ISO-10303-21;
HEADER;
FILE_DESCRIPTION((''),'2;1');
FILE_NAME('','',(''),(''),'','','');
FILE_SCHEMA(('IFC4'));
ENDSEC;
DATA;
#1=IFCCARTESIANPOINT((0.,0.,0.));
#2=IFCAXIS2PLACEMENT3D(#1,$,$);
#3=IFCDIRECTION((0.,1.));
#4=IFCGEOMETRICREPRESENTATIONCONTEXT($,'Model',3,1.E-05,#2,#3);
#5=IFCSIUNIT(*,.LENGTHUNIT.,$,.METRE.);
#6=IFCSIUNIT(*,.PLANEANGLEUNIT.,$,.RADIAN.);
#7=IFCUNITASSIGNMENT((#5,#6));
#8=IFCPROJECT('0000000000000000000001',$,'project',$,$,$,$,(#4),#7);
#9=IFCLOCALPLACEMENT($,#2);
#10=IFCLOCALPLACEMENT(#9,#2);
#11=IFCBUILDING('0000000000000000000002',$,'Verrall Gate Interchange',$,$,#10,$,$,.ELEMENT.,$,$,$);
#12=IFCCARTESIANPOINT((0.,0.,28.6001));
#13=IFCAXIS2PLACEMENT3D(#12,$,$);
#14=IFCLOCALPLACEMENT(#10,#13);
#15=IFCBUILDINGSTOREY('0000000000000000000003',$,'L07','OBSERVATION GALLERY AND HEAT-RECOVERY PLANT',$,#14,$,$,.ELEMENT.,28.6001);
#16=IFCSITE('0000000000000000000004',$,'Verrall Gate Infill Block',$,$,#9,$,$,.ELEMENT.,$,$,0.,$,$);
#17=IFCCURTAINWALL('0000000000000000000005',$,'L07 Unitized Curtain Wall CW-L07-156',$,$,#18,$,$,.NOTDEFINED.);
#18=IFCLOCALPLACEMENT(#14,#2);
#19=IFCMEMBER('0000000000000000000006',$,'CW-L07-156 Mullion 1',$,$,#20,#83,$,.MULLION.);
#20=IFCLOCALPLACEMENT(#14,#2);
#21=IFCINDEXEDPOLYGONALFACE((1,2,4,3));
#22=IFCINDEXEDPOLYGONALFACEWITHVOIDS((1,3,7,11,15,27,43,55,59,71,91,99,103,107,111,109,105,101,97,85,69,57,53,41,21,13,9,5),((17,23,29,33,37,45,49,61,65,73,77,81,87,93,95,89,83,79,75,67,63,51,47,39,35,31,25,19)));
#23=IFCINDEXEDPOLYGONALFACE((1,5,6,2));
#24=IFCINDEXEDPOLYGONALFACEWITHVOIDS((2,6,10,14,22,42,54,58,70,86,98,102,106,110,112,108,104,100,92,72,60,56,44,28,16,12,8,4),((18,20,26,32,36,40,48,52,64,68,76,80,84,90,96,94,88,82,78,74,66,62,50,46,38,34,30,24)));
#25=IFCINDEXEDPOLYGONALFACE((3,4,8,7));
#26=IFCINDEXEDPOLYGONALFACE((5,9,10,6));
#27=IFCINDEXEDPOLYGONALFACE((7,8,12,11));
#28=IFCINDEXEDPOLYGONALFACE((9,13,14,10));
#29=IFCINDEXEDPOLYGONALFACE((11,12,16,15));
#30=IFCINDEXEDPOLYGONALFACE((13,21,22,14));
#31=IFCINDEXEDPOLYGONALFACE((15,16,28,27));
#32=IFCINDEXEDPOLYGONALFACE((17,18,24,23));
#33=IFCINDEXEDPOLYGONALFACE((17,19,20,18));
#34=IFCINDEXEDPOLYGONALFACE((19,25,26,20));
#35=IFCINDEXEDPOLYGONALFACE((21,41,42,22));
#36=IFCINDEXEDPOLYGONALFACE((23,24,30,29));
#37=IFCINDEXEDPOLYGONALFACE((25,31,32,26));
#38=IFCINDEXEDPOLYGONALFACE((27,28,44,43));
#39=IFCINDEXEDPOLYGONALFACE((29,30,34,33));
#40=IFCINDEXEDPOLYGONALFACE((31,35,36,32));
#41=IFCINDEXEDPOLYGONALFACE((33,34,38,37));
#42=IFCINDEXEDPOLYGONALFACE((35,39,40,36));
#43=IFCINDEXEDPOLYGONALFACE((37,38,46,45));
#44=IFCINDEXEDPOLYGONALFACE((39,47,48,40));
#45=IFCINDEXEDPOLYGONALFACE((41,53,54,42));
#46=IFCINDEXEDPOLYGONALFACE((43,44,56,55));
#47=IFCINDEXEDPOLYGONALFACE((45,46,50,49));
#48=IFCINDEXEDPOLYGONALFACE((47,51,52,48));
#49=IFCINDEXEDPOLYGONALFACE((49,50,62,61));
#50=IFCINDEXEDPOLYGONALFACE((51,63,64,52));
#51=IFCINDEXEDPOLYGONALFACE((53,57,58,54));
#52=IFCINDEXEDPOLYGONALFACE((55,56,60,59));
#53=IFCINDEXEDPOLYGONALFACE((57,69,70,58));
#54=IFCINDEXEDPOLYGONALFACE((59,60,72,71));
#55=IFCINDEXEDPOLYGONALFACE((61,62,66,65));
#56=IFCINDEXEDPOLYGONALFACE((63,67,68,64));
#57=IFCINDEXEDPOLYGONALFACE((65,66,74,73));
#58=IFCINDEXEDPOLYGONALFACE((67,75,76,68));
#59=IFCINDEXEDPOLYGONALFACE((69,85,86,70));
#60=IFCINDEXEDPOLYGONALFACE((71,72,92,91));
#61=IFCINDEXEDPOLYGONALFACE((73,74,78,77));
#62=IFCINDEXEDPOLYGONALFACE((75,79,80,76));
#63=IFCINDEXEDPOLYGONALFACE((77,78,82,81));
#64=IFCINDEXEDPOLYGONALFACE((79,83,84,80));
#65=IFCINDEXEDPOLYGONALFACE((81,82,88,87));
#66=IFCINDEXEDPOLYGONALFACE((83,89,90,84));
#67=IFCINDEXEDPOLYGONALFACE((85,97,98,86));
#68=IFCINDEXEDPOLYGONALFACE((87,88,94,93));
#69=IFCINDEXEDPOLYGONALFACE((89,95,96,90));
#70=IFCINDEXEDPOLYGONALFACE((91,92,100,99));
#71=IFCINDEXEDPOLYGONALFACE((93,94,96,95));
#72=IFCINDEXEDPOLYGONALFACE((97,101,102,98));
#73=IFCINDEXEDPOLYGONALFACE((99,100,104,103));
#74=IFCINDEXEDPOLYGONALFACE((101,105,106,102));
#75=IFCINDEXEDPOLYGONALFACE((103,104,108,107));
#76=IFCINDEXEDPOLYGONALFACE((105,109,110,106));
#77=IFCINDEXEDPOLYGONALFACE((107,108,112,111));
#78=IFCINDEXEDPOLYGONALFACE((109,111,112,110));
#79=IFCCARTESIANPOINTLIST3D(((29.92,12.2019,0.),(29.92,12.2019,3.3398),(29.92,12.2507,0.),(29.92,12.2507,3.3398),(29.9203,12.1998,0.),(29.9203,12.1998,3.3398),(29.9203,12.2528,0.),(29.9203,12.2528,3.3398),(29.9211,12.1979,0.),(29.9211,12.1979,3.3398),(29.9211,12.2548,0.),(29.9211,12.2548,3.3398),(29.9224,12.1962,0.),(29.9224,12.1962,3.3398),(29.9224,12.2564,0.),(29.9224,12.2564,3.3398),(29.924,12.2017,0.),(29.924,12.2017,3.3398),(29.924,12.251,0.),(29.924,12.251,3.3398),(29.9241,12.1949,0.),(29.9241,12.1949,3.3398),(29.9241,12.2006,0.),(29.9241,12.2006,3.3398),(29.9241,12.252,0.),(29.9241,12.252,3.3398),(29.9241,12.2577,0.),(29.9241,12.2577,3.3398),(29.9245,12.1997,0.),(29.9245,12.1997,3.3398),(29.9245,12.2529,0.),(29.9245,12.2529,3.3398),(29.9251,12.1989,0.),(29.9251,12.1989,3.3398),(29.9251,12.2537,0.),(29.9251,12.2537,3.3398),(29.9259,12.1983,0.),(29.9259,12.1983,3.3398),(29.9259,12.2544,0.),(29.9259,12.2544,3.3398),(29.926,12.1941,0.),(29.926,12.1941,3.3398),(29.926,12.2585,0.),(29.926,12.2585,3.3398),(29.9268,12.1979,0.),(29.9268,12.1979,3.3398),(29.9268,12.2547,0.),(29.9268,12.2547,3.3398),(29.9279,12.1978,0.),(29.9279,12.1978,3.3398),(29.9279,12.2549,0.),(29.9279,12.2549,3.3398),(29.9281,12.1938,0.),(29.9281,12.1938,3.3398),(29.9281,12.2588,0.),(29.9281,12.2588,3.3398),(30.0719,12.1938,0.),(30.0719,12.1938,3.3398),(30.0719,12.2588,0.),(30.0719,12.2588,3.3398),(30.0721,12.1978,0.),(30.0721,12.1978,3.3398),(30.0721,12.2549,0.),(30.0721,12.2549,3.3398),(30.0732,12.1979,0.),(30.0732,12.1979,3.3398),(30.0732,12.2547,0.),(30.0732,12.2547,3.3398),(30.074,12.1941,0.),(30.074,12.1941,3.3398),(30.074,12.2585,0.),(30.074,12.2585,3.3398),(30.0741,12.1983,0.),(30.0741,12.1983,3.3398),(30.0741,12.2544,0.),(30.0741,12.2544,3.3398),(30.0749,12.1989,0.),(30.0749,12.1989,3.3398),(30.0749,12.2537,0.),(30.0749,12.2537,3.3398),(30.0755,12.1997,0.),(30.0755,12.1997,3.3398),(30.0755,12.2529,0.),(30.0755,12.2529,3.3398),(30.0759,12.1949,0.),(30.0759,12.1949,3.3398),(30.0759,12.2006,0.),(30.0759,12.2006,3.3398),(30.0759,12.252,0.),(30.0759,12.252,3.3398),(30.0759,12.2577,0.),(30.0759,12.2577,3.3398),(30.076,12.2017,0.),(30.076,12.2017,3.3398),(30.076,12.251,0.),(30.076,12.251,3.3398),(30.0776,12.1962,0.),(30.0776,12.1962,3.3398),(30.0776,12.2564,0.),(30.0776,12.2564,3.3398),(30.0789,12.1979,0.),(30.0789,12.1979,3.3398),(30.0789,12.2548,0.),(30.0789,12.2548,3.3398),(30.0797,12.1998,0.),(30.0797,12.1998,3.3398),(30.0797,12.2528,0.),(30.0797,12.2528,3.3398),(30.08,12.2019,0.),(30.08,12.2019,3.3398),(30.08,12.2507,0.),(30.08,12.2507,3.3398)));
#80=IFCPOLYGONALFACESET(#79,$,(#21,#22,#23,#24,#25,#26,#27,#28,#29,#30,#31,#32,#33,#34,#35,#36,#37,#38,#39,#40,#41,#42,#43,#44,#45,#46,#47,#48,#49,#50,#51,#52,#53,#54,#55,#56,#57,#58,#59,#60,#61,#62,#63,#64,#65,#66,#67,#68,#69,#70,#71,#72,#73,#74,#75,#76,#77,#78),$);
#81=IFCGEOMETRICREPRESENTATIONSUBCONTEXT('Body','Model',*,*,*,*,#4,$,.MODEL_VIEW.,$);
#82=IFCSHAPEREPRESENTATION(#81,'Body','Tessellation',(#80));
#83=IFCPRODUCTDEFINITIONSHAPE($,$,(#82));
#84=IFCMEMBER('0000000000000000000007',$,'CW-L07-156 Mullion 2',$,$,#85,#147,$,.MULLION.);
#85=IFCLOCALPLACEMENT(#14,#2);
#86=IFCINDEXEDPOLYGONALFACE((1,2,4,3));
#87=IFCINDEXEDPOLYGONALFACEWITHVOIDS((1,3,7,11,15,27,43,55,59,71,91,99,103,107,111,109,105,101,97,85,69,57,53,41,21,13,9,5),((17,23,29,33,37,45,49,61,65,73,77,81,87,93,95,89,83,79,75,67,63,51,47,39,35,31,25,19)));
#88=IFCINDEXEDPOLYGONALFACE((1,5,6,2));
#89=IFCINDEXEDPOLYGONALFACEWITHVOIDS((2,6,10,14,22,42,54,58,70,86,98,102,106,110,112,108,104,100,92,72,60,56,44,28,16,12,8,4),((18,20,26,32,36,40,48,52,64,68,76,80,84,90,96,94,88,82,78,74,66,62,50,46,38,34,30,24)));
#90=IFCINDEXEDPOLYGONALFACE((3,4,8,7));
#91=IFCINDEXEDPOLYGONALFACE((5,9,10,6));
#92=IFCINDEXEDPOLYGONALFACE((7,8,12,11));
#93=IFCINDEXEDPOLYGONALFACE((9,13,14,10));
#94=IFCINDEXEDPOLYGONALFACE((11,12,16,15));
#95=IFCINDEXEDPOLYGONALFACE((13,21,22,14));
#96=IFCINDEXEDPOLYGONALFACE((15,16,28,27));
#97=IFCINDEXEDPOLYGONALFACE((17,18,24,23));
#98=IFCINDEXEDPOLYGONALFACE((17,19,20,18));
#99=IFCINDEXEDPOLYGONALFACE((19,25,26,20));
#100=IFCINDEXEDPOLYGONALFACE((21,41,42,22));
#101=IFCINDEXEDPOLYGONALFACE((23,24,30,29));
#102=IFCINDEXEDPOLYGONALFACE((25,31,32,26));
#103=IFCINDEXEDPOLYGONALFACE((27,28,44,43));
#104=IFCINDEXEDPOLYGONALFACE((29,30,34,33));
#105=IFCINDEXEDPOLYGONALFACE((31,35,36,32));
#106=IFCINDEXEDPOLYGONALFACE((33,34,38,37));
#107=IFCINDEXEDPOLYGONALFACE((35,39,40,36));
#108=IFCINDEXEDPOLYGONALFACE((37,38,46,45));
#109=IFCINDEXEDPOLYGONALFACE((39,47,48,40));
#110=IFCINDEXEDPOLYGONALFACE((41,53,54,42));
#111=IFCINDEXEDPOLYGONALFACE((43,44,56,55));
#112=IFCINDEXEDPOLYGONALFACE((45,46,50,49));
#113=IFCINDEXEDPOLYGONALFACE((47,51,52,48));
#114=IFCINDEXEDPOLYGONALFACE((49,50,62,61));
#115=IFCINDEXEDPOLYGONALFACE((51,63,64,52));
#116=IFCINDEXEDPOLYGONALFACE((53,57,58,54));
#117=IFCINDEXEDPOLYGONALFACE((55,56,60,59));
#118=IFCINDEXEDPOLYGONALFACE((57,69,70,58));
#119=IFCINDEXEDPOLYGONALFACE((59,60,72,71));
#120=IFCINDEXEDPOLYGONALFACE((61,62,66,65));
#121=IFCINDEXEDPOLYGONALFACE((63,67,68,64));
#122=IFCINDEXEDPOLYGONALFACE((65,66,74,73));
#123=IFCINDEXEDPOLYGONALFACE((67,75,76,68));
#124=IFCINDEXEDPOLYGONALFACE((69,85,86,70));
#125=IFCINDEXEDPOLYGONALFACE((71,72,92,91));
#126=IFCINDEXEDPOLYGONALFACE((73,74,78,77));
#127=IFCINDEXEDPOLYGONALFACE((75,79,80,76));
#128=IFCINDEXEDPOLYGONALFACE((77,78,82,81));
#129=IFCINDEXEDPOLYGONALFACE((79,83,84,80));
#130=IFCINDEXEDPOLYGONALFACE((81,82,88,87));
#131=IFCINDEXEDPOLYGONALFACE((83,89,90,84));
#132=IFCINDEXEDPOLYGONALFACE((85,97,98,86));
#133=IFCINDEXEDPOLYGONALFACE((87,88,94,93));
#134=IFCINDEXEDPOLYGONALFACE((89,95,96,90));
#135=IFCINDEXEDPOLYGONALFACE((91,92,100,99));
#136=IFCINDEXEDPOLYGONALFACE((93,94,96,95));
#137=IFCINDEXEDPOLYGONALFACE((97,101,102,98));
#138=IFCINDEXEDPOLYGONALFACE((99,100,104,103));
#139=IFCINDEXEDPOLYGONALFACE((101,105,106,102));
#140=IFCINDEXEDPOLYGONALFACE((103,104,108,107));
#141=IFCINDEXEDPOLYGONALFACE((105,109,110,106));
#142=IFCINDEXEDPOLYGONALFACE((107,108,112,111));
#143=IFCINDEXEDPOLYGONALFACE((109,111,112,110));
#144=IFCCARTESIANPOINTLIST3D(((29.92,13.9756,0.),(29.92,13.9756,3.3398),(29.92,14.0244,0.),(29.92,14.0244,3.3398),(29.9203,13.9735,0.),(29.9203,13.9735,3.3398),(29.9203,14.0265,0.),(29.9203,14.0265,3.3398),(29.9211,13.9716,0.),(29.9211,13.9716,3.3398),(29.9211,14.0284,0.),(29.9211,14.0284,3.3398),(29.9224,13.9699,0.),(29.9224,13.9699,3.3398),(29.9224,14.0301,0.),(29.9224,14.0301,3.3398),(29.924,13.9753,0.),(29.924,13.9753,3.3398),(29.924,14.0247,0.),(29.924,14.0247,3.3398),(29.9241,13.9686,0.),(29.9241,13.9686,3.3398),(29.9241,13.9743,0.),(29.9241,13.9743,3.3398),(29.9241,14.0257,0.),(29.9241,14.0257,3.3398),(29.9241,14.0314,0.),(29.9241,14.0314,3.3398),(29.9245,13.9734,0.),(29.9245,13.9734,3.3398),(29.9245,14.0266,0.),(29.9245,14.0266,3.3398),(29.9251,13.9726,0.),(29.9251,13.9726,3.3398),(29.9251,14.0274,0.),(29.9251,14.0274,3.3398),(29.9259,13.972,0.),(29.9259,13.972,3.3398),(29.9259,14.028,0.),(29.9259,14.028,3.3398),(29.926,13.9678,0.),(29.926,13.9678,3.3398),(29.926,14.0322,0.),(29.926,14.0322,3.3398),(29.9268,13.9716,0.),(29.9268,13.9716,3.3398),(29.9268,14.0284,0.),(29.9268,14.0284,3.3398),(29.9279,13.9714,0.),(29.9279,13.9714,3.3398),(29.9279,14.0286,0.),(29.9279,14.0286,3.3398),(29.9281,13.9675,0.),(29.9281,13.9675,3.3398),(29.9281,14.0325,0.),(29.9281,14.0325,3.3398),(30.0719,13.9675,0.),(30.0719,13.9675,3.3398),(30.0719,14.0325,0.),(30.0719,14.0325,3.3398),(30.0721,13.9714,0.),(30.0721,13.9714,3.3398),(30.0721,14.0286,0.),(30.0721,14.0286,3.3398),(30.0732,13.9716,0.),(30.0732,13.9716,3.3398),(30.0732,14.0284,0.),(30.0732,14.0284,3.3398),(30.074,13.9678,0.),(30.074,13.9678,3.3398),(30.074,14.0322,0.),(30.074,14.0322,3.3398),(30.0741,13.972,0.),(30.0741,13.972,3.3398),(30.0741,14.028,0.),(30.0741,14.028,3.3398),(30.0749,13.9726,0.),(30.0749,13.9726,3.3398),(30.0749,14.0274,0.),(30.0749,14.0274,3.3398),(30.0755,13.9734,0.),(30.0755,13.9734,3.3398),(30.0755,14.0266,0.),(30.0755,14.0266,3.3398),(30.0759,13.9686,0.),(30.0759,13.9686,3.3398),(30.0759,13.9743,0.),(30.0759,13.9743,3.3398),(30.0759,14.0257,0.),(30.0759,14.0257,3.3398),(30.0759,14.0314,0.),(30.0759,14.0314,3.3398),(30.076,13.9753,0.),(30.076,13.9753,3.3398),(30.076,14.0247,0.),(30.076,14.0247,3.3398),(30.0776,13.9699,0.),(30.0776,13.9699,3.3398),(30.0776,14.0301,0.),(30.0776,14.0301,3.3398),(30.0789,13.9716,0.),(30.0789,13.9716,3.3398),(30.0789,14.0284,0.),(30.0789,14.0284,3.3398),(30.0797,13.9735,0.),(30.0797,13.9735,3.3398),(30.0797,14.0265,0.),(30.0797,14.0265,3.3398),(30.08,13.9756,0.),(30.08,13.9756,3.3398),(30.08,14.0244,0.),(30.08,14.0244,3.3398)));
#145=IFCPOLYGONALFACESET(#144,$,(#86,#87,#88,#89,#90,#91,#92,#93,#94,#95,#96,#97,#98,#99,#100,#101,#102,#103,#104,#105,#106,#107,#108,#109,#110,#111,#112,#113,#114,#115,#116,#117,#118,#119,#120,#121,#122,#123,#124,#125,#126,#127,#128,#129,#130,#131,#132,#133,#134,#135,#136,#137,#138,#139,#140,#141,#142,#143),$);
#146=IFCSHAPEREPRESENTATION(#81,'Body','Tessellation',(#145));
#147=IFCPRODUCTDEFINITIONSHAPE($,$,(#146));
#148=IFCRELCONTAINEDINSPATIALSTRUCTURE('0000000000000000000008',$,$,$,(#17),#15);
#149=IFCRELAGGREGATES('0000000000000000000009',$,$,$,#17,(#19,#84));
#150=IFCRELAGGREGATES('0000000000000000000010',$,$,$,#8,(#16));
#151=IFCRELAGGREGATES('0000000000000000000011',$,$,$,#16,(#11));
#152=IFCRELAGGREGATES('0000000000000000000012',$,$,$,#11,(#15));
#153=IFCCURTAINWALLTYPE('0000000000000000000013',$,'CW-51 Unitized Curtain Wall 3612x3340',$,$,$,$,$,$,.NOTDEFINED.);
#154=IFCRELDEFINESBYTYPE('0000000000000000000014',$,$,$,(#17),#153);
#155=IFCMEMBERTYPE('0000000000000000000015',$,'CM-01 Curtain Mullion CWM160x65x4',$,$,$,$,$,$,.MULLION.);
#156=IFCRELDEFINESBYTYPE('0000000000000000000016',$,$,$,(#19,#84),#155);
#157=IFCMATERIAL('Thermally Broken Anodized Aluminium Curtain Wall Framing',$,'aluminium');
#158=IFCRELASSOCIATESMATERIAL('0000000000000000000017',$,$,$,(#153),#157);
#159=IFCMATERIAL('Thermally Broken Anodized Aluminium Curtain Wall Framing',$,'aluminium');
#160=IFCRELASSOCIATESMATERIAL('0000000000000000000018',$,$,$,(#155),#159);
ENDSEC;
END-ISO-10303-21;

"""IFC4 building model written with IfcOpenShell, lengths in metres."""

from ifc_helpers import new_model, si_unit, direction, frame, origin, origin_2d, place, context, subcontext, project, spatial, hollow_rectangle, extrude, material, material_profile, profile_set, type_object, element, aggregate, save


model = new_model("IFC4")

# Units and contexts
model_context = context("Model", 3, precision=1e-05, world=origin(), true_north=direction((0.0, 1.0)))
body_context = subcontext(model_context, "Body", "Model", "MODEL_VIEW")
ifc_project = project(units=[si_unit("LENGTHUNIT", "METRE"), si_unit("PLANEANGLEUNIT", "RADIAN")], contexts=[model_context])

# Site, building, storey
site_placement = place(None, origin())
site = spatial("IfcSite", under=ifc_project, at=site_placement, Name="Verrall Gate Infill Block", CompositionType="ELEMENT", RefElevation=0.0)
building_placement = place(site_placement, origin())
building = spatial("IfcBuilding", under=site, at=building_placement, Name="Verrall Gate Interchange", CompositionType="ELEMENT")
storey_placement = place(building_placement, frame((0.0, 0.0, 28.6001)))
storey = spatial("IfcBuildingStorey", under=building, at=storey_placement, Name="L07", Description="OBSERVATION GALLERY AND HEAT-RECOVERY PLANT", CompositionType="ELEMENT", Elevation=28.6001)

# Curtain wall, members
ifc_material_1 = material(Name="Thermally Broken Anodized Aluminium Curtain Wall Framing", Category="aluminium")
curtain_wall_type_1 = type_object("IfcCurtainWallType", Name="CW-51 Unitized Curtain Wall 3612x3340", PredefinedType="NOTDEFINED", material=ifc_material_1)
curtain_wall_1_placement = place(storey_placement, origin())
curtain_wall_1 = element("IfcCurtainWall", 1, at=curtain_wall_1_placement, inside=storey, type_object=curtain_wall_type_1, Name="L07 Unitized Curtain Wall CW-L07-156", PredefinedType="NOTDEFINED")
ifc_material_2 = material(Name="Thermally Broken Anodized Aluminium Curtain Wall Framing", Category="aluminium")
ifc_material_profile_1 = material_profile(ifc_material_2, hollow_rectangle(XDim=0.0649, YDim=0.1599, WallThickness=0.0039, InnerFilletRadius=0.0039, OuterFilletRadius=0.0081, at=origin_2d()), Name="CWM160x65x4")
ifc_profile_set_1 = profile_set([ifc_material_profile_1], Name="Thermally Broken Anodized Aluminium Curtain Wall Framing")
member_type_1 = type_object("IfcMemberType", Name="CM-01 Curtain Mullion CWM160x65x4", PredefinedType="MULLION", material=ifc_profile_set_1)
member_1_placement = place(storey_placement, frame((30.0, 12.2263, 0.0), z_axis=(0.0, 0.0, 1.0), x_axis=(0.0, 1.0, 0.0)))
member_1 = element("IfcMember", 2, at=member_1_placement, type_object=member_type_1, Name="CW-L07-156 Mullion 1", PredefinedType="MULLION", context=body_context, shape_type="SweptSolid", body=[
    extrude(hollow_rectangle(XDim=0.0649, YDim=0.1599, WallThickness=0.0039, InnerFilletRadius=0.0039, OuterFilletRadius=0.0081, at=origin_2d()), origin(), (0.0, 0.0, 1.0), 3.3398),
])
member_2_placement = place(storey_placement, frame((30.0, 14.0, 0.0), z_axis=(0.0, 0.0, 1.0), x_axis=(0.0, 1.0, 0.0)))
member_2 = element("IfcMember", 3, at=member_2_placement, type_object=member_type_1, Name="CW-L07-156 Mullion 2", PredefinedType="MULLION", context=body_context, shape_type="SweptSolid", body=[
    extrude(hollow_rectangle(XDim=0.0649, YDim=0.1599, WallThickness=0.0039, InnerFilletRadius=0.0039, OuterFilletRadius=0.0081, at=origin_2d()), origin(), (0.0, 0.0, 1.0), 3.3398),
])

aggregate(curtain_wall_1, [member_1, member_2])

save(model, "model.ifc")
